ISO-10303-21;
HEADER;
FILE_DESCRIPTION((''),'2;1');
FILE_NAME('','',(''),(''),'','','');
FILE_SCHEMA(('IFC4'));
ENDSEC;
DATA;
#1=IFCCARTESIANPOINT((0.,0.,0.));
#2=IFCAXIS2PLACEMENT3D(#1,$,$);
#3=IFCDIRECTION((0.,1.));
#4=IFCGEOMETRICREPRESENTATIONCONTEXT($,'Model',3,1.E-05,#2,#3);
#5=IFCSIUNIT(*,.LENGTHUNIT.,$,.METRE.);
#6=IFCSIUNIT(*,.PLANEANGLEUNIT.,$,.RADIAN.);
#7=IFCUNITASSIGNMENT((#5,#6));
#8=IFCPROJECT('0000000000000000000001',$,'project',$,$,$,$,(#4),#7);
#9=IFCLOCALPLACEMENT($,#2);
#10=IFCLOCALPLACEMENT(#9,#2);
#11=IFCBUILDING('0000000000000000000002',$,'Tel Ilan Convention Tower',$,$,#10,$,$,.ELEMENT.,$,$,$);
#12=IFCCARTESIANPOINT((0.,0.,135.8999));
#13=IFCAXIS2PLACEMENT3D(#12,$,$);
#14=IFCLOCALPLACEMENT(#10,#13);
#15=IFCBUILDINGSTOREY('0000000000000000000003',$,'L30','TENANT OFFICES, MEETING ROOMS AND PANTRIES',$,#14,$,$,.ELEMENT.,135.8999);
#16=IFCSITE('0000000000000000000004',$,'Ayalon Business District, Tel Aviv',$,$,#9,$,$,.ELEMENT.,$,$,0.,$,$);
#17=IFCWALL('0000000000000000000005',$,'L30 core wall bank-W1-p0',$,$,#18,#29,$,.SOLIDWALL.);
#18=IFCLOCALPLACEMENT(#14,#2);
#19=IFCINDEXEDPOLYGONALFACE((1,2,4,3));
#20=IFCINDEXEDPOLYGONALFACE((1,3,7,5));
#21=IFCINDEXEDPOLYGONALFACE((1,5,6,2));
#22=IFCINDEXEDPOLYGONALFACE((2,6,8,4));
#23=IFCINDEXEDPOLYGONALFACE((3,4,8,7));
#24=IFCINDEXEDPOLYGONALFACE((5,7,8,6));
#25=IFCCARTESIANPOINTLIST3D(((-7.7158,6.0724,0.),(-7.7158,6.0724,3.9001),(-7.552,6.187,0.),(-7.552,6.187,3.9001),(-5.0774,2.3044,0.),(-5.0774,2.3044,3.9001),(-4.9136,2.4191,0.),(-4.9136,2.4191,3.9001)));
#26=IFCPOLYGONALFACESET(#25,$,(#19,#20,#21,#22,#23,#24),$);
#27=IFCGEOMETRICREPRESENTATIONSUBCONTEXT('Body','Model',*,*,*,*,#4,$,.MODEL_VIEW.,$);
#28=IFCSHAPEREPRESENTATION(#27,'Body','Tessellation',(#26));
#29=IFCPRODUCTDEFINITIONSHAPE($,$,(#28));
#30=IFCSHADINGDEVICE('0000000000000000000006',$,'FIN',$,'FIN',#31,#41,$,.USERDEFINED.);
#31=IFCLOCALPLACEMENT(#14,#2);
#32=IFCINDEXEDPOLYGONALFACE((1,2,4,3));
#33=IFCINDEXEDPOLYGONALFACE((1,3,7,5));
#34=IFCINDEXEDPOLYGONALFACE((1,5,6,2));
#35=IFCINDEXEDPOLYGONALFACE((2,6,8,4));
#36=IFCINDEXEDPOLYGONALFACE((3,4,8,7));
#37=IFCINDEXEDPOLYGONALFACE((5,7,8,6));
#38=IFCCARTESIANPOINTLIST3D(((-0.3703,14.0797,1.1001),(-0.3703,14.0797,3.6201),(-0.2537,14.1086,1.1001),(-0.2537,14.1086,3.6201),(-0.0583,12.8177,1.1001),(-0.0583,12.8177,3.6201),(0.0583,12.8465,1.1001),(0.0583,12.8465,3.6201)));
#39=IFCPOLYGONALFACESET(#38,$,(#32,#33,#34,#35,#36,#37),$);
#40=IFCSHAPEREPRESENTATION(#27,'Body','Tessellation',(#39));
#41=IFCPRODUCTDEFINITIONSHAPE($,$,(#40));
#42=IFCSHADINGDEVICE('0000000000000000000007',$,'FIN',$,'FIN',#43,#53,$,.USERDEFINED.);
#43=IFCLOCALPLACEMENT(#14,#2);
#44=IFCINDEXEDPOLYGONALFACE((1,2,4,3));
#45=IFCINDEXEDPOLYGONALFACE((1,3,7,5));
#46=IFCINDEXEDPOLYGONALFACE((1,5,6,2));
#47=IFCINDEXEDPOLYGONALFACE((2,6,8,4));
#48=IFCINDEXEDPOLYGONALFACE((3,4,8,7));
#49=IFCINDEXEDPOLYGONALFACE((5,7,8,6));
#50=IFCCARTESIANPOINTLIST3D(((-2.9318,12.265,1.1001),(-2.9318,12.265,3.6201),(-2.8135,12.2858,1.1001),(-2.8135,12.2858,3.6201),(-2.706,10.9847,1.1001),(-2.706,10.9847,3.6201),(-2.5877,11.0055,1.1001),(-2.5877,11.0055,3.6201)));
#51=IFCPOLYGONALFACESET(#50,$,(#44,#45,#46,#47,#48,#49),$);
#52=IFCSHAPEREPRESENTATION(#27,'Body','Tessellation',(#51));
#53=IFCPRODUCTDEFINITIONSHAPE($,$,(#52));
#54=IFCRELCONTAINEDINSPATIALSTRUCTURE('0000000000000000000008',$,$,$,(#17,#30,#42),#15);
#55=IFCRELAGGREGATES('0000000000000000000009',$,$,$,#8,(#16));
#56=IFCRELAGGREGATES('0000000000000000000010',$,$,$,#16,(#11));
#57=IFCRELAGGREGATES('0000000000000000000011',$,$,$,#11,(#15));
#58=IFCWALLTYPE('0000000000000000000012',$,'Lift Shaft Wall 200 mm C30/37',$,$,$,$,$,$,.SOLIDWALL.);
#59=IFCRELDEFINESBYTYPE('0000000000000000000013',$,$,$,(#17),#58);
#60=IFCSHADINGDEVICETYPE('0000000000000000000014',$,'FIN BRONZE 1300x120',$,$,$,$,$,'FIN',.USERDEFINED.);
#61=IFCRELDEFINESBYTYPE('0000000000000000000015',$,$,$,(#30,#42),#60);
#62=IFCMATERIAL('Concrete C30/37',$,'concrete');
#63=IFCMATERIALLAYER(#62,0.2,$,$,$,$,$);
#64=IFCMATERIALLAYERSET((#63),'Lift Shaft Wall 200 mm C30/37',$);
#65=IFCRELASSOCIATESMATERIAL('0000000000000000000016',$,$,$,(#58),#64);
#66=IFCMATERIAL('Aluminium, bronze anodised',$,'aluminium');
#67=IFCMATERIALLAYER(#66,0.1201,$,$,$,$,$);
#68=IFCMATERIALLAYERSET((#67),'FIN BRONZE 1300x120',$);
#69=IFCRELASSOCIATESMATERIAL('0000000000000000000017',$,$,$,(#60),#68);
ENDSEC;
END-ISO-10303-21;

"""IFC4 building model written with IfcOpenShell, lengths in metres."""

from ifc_helpers import new_model, si_unit, direction, frame, frame_2d, origin, origin_2d, place, context, subcontext, project, spatial, rectangle, extrude, material, layer, layer_set, type_object, element, save


model = new_model("IFC4")

# Units and contexts
model_context = context("Model", 3, precision=1e-05, world=origin(), true_north=direction((0.0, 1.0)))
body_context = subcontext(model_context, "Body", "Model", "MODEL_VIEW")
ifc_project = project(units=[si_unit("LENGTHUNIT", "METRE"), si_unit("PLANEANGLEUNIT", "RADIAN")], contexts=[model_context])

# Site, building, storey
site_placement = place(None, origin())
site = spatial("IfcSite", under=ifc_project, at=site_placement, Name="Ayalon Business District, Tel Aviv", CompositionType="ELEMENT", RefElevation=0.0)
building_placement = place(site_placement, origin())
building = spatial("IfcBuilding", under=site, at=building_placement, Name="Tel Ilan Convention Tower", CompositionType="ELEMENT")
storey_placement = place(building_placement, frame((0.0, 0.0, 135.8999)))
storey = spatial("IfcBuildingStorey", under=building, at=storey_placement, Name="L30", Description="TENANT OFFICES, MEETING ROOMS AND PANTRIES", CompositionType="ELEMENT", Elevation=135.8999)

# Wall
ifc_material_1 = material(Name="Concrete C30/37", Category="concrete")
ifc_layer_1 = layer(ifc_material_1, 0.2)
ifc_layer_set_1 = layer_set([ifc_layer_1], Name="Lift Shaft Wall 200 mm C30/37")
wall_type_1 = type_object("IfcWallType", Name="Lift Shaft Wall 200 mm C30/37", PredefinedType="SOLIDWALL", material=ifc_layer_set_1)
wall_1_placement = place(storey_placement, frame((-4.9956, 2.3618, 0.0), z_axis=(0.0, 0.0, 1.0), x_axis=(-0.573576, 0.819152, 0.0)))
element("IfcWall", 1, at=wall_1_placement, inside=storey, type_object=wall_type_1, Name="L30 core wall bank-W1-p0", PredefinedType="SOLIDWALL", context=body_context, shape_type="SweptSolid", body=[
    extrude(rectangle(XDim=4.5999, YDim=0.2, at=frame_2d((2.2998, 0.0))), origin(), (0.0, 0.0, 1.0), 3.9001),
])

# Shading devices
ifc_material_2 = material(Name="Aluminium, bronze anodised", Category="aluminium")
ifc_layer_2 = layer(ifc_material_2, 0.1201)
ifc_layer_set_2 = layer_set([ifc_layer_2], Name="FIN BRONZE 1300x120")
shading_device_type = type_object("IfcShadingDeviceType", Name="FIN BRONZE 1300x120", ElementType="FIN", PredefinedType="USERDEFINED", material=ifc_layer_set_2)
for number, where, z_axis, x_axis, name in (
    (2, (-0.156, 13.4631, 1.1001), (0.0, 0.0, 1.0), (-0.24004, 0.970763, 0.0), "FIN"),
    (3, (-2.7598, 11.6353, 1.1001), (0.0, 0.0, 1.0), (-0.173648, 0.984808, 0.0), "FIN"),
):
    element("IfcShadingDevice", number, at=place(storey_placement, frame(where, z_axis=z_axis, x_axis=x_axis)), inside=storey, type_object=shading_device_type, Name=name, ObjectType="FIN", PredefinedType="USERDEFINED", context=body_context, shape_type="SweptSolid", body=[
        extrude(rectangle(XDim=1.3, YDim=0.1201, at=origin_2d()), origin(), (0.0, 0.0, 1.0), 2.52),
    ])

save(model, "model.ifc")
